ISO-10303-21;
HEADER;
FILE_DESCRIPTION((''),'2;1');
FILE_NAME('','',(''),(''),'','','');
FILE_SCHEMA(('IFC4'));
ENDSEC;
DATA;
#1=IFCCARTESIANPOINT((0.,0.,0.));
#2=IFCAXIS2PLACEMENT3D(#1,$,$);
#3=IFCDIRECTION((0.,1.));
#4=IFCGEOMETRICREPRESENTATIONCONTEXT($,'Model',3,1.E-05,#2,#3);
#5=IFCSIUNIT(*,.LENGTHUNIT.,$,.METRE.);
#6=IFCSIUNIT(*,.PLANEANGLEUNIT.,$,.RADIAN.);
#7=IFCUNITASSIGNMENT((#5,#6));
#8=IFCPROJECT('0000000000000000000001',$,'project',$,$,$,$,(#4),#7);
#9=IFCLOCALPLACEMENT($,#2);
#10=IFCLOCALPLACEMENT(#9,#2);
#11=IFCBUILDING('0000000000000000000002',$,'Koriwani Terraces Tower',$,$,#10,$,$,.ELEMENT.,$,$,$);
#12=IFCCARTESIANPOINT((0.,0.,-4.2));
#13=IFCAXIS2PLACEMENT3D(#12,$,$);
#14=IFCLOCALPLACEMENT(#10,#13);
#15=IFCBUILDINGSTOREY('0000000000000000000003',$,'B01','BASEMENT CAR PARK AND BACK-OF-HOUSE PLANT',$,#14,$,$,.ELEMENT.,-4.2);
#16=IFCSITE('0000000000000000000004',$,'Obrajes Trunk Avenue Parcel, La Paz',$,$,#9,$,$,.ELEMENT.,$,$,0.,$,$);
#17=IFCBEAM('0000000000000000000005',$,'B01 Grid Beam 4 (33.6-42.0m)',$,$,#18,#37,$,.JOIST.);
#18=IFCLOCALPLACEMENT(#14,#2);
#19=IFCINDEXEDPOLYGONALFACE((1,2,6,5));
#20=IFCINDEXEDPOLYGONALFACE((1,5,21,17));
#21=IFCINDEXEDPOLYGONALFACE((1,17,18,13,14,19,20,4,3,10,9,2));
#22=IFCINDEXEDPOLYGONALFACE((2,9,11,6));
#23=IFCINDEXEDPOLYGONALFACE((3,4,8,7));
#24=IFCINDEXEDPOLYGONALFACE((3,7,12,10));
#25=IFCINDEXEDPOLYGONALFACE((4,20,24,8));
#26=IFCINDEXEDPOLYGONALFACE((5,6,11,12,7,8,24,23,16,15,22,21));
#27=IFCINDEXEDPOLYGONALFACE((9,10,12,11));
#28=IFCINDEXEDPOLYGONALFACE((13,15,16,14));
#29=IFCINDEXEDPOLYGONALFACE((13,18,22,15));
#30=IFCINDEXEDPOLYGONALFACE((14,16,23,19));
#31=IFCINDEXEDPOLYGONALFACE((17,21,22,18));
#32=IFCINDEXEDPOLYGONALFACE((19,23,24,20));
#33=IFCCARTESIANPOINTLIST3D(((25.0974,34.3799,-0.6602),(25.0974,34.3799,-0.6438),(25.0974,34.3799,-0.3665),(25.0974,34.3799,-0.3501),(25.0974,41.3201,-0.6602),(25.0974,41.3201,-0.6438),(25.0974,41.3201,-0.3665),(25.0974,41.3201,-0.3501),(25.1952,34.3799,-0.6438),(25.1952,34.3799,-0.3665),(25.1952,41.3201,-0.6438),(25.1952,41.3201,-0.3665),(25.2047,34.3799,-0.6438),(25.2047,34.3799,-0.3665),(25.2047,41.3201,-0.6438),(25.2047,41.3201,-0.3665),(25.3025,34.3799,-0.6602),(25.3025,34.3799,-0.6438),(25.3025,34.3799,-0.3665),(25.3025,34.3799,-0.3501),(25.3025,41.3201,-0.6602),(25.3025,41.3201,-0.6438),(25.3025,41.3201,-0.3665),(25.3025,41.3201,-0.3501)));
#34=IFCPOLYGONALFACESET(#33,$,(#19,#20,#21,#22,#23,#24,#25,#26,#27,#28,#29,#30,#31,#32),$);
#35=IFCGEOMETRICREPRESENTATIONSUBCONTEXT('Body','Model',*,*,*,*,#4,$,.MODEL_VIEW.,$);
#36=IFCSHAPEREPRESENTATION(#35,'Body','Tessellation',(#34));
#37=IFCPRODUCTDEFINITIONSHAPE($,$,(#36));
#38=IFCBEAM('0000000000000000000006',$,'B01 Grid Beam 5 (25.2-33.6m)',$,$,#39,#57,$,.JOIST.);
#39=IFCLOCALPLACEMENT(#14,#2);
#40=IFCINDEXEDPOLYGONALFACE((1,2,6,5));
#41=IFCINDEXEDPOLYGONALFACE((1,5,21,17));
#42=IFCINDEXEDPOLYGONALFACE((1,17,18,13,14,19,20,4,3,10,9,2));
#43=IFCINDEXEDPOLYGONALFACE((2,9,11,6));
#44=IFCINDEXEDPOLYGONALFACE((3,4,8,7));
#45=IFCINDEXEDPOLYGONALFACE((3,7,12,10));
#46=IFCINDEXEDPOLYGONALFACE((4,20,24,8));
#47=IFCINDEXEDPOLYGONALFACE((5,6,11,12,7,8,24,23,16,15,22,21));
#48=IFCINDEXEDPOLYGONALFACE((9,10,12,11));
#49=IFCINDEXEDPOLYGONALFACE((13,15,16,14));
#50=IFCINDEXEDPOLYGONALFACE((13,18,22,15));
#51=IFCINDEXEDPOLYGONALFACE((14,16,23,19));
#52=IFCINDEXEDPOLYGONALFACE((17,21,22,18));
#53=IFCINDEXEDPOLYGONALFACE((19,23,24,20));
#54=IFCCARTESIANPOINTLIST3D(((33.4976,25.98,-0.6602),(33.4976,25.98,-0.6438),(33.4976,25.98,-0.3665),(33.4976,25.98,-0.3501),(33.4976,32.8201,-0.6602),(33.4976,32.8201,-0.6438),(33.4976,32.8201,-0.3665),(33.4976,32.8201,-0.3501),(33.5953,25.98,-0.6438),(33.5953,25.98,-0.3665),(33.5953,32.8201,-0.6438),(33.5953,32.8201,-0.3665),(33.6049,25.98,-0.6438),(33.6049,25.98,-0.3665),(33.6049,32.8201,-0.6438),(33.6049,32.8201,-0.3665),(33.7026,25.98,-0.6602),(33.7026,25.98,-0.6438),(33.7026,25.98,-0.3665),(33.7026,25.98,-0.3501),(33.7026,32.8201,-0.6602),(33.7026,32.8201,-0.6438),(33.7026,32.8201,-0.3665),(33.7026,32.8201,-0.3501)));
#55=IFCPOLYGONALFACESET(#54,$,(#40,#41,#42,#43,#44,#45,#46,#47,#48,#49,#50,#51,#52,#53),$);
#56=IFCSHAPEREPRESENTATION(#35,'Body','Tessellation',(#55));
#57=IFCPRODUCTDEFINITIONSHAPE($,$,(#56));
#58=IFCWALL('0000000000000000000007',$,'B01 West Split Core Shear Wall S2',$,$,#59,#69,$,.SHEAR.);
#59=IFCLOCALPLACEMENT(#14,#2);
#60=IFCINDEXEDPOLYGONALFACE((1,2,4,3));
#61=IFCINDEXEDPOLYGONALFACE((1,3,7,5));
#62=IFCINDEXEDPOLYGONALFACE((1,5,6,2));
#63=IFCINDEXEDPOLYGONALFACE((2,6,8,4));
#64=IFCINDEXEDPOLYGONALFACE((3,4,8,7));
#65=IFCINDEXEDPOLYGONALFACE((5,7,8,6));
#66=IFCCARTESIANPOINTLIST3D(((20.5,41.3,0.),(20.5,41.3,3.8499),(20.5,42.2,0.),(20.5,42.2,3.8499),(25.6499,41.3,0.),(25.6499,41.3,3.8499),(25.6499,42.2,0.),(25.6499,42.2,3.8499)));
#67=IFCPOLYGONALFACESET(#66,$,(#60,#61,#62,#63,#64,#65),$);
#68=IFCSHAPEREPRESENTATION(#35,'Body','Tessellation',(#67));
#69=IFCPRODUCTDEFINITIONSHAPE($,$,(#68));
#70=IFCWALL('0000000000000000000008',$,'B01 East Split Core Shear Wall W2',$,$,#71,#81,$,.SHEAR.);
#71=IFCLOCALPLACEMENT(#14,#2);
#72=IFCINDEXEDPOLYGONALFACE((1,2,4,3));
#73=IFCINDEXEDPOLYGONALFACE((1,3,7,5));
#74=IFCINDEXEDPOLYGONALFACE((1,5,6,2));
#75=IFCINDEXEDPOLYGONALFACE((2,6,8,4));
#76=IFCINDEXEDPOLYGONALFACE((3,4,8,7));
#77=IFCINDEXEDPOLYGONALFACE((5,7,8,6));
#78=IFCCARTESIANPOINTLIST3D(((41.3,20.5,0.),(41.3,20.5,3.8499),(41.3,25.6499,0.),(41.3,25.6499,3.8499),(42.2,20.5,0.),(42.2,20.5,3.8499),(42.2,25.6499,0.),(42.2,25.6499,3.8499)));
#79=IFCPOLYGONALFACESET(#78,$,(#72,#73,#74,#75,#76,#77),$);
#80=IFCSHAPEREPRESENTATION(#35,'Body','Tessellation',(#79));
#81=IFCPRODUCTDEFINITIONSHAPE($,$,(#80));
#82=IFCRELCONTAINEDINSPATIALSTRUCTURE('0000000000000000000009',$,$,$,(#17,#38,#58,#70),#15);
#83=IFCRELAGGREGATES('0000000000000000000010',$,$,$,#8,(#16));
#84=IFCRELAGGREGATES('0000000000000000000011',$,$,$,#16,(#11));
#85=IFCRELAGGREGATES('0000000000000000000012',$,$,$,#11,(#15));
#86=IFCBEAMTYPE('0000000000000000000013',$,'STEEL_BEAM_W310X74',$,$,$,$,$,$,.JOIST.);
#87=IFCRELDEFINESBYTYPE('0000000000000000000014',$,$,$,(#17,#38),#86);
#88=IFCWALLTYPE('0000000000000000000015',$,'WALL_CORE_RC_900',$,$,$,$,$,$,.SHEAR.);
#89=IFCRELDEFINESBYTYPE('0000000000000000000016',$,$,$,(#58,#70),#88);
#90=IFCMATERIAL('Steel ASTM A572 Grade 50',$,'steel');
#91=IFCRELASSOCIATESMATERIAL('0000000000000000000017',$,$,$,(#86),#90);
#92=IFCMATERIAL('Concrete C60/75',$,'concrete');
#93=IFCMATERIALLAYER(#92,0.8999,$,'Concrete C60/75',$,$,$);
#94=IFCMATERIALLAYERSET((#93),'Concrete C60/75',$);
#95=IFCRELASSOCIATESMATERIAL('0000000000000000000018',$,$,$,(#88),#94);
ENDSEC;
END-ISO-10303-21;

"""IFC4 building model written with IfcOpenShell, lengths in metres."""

from ifc_helpers import new_model, si_unit, direction, frame, frame_2d, origin, origin_2d, place, context, subcontext, project, spatial, rectangle, i_section, extrude, material, layer, layer_set, material_profile, profile_set, type_object, element, save


model = new_model("IFC4")

# Units and contexts
model_context = context("Model", 3, precision=1e-05, world=origin(), true_north=direction((0.0, 1.0)))
body_context = subcontext(model_context, "Body", "Model", "MODEL_VIEW")
ifc_project = project(units=[si_unit("LENGTHUNIT", "METRE"), si_unit("PLANEANGLEUNIT", "RADIAN")], contexts=[model_context])

# Site, building, storey
site_placement = place(None, origin())
site = spatial("IfcSite", under=ifc_project, at=site_placement, Name="Obrajes Trunk Avenue Parcel, La Paz", CompositionType="ELEMENT", RefElevation=0.0)
building_placement = place(site_placement, origin())
building = spatial("IfcBuilding", under=site, at=building_placement, Name="Koriwani Terraces Tower", CompositionType="ELEMENT")
storey_placement = place(building_placement, frame((0.0, 0.0, -4.2)))
storey = spatial("IfcBuildingStorey", under=building, at=storey_placement, Name="B01", Description="BASEMENT CAR PARK AND BACK-OF-HOUSE PLANT", CompositionType="ELEMENT", Elevation=-4.2)

# Shared definitions
ifc_material_1 = material(Name="Concrete C60/75", Category="concrete")

# Beams
ifc_material_2 = material(Name="Steel ASTM A572 Grade 50", Category="steel")
ifc_material_profile_1 = material_profile(ifc_material_2, i_section(OverallWidth=0.2051, OverallDepth=0.3101, WebThickness=0.0095, FlangeThickness=0.0164, at=origin_2d()), Name="Steel ASTM A572 Grade 50", Category="LoadBearing")
ifc_profile_set_1 = profile_set([ifc_material_profile_1], Name="Steel ASTM A572 Grade 50")
beam_type_1 = type_object("IfcBeamType", Name="STEEL_BEAM_W310X74", PredefinedType="JOIST", material=ifc_profile_set_1)
beam_1_placement = place(storey_placement, frame((25.2, 34.3799, -0.5051), z_axis=(0.0, 1.0, 0.0), x_axis=(-1.0, 0.0, 0.0)))
element("IfcBeam", 1, at=beam_1_placement, inside=storey, type_object=beam_type_1, Name="B01 Grid Beam 4 (33.6-42.0m)", PredefinedType="JOIST", context=body_context, shape_type="SweptSolid", body=[
    extrude(i_section(OverallWidth=0.2051, OverallDepth=0.3101, WebThickness=0.0095, FlangeThickness=0.0164, at=origin_2d()), origin(), (0.0, 0.0, 1.0), 6.9402),
])
beam_2_placement = place(storey_placement, frame((33.6001, 25.98, -0.5051), z_axis=(0.0, 1.0, 0.0), x_axis=(-1.0, 0.0, 0.0)))
element("IfcBeam", 2, at=beam_2_placement, inside=storey, type_object=beam_type_1, Name="B01 Grid Beam 5 (25.2-33.6m)", PredefinedType="JOIST", context=body_context, shape_type="SweptSolid", body=[
    extrude(i_section(OverallWidth=0.2051, OverallDepth=0.3101, WebThickness=0.0095, FlangeThickness=0.0164, at=origin_2d()), origin(), (0.0, 0.0, 1.0), 6.8401),
])

# Walls
ifc_layer = layer(ifc_material_1, 0.8999, Name="Concrete C60/75")
ifc_layer_set = layer_set([ifc_layer], Name="Concrete C60/75")
wall_type = type_object("IfcWallType", Name="WALL_CORE_RC_900", PredefinedType="SHEAR", material=ifc_layer_set)
for number, where, z_axis, x_axis, name in (
    (3, (20.5, 41.75, 0.0), (0.0, 0.0, 1.0), (1.0, 0.0, 0.0), "B01 West Split Core Shear Wall S2"),
    (4, (41.75, 20.5, 0.0), (0.0, 0.0, 1.0), (0.0, 1.0, 0.0), "B01 East Split Core Shear Wall W2"),
):
    element("IfcWall", number, at=place(storey_placement, frame(where, z_axis=z_axis, x_axis=x_axis)), inside=storey, type_object=wall_type, Name=name, PredefinedType="SHEAR", context=body_context, shape_type="SweptSolid", body=[
        extrude(rectangle(XDim=5.1499, YDim=0.8999, at=frame_2d((2.575, 0.0))), origin(), (0.0, 0.0, 1.0), 3.8499),
    ])

save(model, "model.ifc")
